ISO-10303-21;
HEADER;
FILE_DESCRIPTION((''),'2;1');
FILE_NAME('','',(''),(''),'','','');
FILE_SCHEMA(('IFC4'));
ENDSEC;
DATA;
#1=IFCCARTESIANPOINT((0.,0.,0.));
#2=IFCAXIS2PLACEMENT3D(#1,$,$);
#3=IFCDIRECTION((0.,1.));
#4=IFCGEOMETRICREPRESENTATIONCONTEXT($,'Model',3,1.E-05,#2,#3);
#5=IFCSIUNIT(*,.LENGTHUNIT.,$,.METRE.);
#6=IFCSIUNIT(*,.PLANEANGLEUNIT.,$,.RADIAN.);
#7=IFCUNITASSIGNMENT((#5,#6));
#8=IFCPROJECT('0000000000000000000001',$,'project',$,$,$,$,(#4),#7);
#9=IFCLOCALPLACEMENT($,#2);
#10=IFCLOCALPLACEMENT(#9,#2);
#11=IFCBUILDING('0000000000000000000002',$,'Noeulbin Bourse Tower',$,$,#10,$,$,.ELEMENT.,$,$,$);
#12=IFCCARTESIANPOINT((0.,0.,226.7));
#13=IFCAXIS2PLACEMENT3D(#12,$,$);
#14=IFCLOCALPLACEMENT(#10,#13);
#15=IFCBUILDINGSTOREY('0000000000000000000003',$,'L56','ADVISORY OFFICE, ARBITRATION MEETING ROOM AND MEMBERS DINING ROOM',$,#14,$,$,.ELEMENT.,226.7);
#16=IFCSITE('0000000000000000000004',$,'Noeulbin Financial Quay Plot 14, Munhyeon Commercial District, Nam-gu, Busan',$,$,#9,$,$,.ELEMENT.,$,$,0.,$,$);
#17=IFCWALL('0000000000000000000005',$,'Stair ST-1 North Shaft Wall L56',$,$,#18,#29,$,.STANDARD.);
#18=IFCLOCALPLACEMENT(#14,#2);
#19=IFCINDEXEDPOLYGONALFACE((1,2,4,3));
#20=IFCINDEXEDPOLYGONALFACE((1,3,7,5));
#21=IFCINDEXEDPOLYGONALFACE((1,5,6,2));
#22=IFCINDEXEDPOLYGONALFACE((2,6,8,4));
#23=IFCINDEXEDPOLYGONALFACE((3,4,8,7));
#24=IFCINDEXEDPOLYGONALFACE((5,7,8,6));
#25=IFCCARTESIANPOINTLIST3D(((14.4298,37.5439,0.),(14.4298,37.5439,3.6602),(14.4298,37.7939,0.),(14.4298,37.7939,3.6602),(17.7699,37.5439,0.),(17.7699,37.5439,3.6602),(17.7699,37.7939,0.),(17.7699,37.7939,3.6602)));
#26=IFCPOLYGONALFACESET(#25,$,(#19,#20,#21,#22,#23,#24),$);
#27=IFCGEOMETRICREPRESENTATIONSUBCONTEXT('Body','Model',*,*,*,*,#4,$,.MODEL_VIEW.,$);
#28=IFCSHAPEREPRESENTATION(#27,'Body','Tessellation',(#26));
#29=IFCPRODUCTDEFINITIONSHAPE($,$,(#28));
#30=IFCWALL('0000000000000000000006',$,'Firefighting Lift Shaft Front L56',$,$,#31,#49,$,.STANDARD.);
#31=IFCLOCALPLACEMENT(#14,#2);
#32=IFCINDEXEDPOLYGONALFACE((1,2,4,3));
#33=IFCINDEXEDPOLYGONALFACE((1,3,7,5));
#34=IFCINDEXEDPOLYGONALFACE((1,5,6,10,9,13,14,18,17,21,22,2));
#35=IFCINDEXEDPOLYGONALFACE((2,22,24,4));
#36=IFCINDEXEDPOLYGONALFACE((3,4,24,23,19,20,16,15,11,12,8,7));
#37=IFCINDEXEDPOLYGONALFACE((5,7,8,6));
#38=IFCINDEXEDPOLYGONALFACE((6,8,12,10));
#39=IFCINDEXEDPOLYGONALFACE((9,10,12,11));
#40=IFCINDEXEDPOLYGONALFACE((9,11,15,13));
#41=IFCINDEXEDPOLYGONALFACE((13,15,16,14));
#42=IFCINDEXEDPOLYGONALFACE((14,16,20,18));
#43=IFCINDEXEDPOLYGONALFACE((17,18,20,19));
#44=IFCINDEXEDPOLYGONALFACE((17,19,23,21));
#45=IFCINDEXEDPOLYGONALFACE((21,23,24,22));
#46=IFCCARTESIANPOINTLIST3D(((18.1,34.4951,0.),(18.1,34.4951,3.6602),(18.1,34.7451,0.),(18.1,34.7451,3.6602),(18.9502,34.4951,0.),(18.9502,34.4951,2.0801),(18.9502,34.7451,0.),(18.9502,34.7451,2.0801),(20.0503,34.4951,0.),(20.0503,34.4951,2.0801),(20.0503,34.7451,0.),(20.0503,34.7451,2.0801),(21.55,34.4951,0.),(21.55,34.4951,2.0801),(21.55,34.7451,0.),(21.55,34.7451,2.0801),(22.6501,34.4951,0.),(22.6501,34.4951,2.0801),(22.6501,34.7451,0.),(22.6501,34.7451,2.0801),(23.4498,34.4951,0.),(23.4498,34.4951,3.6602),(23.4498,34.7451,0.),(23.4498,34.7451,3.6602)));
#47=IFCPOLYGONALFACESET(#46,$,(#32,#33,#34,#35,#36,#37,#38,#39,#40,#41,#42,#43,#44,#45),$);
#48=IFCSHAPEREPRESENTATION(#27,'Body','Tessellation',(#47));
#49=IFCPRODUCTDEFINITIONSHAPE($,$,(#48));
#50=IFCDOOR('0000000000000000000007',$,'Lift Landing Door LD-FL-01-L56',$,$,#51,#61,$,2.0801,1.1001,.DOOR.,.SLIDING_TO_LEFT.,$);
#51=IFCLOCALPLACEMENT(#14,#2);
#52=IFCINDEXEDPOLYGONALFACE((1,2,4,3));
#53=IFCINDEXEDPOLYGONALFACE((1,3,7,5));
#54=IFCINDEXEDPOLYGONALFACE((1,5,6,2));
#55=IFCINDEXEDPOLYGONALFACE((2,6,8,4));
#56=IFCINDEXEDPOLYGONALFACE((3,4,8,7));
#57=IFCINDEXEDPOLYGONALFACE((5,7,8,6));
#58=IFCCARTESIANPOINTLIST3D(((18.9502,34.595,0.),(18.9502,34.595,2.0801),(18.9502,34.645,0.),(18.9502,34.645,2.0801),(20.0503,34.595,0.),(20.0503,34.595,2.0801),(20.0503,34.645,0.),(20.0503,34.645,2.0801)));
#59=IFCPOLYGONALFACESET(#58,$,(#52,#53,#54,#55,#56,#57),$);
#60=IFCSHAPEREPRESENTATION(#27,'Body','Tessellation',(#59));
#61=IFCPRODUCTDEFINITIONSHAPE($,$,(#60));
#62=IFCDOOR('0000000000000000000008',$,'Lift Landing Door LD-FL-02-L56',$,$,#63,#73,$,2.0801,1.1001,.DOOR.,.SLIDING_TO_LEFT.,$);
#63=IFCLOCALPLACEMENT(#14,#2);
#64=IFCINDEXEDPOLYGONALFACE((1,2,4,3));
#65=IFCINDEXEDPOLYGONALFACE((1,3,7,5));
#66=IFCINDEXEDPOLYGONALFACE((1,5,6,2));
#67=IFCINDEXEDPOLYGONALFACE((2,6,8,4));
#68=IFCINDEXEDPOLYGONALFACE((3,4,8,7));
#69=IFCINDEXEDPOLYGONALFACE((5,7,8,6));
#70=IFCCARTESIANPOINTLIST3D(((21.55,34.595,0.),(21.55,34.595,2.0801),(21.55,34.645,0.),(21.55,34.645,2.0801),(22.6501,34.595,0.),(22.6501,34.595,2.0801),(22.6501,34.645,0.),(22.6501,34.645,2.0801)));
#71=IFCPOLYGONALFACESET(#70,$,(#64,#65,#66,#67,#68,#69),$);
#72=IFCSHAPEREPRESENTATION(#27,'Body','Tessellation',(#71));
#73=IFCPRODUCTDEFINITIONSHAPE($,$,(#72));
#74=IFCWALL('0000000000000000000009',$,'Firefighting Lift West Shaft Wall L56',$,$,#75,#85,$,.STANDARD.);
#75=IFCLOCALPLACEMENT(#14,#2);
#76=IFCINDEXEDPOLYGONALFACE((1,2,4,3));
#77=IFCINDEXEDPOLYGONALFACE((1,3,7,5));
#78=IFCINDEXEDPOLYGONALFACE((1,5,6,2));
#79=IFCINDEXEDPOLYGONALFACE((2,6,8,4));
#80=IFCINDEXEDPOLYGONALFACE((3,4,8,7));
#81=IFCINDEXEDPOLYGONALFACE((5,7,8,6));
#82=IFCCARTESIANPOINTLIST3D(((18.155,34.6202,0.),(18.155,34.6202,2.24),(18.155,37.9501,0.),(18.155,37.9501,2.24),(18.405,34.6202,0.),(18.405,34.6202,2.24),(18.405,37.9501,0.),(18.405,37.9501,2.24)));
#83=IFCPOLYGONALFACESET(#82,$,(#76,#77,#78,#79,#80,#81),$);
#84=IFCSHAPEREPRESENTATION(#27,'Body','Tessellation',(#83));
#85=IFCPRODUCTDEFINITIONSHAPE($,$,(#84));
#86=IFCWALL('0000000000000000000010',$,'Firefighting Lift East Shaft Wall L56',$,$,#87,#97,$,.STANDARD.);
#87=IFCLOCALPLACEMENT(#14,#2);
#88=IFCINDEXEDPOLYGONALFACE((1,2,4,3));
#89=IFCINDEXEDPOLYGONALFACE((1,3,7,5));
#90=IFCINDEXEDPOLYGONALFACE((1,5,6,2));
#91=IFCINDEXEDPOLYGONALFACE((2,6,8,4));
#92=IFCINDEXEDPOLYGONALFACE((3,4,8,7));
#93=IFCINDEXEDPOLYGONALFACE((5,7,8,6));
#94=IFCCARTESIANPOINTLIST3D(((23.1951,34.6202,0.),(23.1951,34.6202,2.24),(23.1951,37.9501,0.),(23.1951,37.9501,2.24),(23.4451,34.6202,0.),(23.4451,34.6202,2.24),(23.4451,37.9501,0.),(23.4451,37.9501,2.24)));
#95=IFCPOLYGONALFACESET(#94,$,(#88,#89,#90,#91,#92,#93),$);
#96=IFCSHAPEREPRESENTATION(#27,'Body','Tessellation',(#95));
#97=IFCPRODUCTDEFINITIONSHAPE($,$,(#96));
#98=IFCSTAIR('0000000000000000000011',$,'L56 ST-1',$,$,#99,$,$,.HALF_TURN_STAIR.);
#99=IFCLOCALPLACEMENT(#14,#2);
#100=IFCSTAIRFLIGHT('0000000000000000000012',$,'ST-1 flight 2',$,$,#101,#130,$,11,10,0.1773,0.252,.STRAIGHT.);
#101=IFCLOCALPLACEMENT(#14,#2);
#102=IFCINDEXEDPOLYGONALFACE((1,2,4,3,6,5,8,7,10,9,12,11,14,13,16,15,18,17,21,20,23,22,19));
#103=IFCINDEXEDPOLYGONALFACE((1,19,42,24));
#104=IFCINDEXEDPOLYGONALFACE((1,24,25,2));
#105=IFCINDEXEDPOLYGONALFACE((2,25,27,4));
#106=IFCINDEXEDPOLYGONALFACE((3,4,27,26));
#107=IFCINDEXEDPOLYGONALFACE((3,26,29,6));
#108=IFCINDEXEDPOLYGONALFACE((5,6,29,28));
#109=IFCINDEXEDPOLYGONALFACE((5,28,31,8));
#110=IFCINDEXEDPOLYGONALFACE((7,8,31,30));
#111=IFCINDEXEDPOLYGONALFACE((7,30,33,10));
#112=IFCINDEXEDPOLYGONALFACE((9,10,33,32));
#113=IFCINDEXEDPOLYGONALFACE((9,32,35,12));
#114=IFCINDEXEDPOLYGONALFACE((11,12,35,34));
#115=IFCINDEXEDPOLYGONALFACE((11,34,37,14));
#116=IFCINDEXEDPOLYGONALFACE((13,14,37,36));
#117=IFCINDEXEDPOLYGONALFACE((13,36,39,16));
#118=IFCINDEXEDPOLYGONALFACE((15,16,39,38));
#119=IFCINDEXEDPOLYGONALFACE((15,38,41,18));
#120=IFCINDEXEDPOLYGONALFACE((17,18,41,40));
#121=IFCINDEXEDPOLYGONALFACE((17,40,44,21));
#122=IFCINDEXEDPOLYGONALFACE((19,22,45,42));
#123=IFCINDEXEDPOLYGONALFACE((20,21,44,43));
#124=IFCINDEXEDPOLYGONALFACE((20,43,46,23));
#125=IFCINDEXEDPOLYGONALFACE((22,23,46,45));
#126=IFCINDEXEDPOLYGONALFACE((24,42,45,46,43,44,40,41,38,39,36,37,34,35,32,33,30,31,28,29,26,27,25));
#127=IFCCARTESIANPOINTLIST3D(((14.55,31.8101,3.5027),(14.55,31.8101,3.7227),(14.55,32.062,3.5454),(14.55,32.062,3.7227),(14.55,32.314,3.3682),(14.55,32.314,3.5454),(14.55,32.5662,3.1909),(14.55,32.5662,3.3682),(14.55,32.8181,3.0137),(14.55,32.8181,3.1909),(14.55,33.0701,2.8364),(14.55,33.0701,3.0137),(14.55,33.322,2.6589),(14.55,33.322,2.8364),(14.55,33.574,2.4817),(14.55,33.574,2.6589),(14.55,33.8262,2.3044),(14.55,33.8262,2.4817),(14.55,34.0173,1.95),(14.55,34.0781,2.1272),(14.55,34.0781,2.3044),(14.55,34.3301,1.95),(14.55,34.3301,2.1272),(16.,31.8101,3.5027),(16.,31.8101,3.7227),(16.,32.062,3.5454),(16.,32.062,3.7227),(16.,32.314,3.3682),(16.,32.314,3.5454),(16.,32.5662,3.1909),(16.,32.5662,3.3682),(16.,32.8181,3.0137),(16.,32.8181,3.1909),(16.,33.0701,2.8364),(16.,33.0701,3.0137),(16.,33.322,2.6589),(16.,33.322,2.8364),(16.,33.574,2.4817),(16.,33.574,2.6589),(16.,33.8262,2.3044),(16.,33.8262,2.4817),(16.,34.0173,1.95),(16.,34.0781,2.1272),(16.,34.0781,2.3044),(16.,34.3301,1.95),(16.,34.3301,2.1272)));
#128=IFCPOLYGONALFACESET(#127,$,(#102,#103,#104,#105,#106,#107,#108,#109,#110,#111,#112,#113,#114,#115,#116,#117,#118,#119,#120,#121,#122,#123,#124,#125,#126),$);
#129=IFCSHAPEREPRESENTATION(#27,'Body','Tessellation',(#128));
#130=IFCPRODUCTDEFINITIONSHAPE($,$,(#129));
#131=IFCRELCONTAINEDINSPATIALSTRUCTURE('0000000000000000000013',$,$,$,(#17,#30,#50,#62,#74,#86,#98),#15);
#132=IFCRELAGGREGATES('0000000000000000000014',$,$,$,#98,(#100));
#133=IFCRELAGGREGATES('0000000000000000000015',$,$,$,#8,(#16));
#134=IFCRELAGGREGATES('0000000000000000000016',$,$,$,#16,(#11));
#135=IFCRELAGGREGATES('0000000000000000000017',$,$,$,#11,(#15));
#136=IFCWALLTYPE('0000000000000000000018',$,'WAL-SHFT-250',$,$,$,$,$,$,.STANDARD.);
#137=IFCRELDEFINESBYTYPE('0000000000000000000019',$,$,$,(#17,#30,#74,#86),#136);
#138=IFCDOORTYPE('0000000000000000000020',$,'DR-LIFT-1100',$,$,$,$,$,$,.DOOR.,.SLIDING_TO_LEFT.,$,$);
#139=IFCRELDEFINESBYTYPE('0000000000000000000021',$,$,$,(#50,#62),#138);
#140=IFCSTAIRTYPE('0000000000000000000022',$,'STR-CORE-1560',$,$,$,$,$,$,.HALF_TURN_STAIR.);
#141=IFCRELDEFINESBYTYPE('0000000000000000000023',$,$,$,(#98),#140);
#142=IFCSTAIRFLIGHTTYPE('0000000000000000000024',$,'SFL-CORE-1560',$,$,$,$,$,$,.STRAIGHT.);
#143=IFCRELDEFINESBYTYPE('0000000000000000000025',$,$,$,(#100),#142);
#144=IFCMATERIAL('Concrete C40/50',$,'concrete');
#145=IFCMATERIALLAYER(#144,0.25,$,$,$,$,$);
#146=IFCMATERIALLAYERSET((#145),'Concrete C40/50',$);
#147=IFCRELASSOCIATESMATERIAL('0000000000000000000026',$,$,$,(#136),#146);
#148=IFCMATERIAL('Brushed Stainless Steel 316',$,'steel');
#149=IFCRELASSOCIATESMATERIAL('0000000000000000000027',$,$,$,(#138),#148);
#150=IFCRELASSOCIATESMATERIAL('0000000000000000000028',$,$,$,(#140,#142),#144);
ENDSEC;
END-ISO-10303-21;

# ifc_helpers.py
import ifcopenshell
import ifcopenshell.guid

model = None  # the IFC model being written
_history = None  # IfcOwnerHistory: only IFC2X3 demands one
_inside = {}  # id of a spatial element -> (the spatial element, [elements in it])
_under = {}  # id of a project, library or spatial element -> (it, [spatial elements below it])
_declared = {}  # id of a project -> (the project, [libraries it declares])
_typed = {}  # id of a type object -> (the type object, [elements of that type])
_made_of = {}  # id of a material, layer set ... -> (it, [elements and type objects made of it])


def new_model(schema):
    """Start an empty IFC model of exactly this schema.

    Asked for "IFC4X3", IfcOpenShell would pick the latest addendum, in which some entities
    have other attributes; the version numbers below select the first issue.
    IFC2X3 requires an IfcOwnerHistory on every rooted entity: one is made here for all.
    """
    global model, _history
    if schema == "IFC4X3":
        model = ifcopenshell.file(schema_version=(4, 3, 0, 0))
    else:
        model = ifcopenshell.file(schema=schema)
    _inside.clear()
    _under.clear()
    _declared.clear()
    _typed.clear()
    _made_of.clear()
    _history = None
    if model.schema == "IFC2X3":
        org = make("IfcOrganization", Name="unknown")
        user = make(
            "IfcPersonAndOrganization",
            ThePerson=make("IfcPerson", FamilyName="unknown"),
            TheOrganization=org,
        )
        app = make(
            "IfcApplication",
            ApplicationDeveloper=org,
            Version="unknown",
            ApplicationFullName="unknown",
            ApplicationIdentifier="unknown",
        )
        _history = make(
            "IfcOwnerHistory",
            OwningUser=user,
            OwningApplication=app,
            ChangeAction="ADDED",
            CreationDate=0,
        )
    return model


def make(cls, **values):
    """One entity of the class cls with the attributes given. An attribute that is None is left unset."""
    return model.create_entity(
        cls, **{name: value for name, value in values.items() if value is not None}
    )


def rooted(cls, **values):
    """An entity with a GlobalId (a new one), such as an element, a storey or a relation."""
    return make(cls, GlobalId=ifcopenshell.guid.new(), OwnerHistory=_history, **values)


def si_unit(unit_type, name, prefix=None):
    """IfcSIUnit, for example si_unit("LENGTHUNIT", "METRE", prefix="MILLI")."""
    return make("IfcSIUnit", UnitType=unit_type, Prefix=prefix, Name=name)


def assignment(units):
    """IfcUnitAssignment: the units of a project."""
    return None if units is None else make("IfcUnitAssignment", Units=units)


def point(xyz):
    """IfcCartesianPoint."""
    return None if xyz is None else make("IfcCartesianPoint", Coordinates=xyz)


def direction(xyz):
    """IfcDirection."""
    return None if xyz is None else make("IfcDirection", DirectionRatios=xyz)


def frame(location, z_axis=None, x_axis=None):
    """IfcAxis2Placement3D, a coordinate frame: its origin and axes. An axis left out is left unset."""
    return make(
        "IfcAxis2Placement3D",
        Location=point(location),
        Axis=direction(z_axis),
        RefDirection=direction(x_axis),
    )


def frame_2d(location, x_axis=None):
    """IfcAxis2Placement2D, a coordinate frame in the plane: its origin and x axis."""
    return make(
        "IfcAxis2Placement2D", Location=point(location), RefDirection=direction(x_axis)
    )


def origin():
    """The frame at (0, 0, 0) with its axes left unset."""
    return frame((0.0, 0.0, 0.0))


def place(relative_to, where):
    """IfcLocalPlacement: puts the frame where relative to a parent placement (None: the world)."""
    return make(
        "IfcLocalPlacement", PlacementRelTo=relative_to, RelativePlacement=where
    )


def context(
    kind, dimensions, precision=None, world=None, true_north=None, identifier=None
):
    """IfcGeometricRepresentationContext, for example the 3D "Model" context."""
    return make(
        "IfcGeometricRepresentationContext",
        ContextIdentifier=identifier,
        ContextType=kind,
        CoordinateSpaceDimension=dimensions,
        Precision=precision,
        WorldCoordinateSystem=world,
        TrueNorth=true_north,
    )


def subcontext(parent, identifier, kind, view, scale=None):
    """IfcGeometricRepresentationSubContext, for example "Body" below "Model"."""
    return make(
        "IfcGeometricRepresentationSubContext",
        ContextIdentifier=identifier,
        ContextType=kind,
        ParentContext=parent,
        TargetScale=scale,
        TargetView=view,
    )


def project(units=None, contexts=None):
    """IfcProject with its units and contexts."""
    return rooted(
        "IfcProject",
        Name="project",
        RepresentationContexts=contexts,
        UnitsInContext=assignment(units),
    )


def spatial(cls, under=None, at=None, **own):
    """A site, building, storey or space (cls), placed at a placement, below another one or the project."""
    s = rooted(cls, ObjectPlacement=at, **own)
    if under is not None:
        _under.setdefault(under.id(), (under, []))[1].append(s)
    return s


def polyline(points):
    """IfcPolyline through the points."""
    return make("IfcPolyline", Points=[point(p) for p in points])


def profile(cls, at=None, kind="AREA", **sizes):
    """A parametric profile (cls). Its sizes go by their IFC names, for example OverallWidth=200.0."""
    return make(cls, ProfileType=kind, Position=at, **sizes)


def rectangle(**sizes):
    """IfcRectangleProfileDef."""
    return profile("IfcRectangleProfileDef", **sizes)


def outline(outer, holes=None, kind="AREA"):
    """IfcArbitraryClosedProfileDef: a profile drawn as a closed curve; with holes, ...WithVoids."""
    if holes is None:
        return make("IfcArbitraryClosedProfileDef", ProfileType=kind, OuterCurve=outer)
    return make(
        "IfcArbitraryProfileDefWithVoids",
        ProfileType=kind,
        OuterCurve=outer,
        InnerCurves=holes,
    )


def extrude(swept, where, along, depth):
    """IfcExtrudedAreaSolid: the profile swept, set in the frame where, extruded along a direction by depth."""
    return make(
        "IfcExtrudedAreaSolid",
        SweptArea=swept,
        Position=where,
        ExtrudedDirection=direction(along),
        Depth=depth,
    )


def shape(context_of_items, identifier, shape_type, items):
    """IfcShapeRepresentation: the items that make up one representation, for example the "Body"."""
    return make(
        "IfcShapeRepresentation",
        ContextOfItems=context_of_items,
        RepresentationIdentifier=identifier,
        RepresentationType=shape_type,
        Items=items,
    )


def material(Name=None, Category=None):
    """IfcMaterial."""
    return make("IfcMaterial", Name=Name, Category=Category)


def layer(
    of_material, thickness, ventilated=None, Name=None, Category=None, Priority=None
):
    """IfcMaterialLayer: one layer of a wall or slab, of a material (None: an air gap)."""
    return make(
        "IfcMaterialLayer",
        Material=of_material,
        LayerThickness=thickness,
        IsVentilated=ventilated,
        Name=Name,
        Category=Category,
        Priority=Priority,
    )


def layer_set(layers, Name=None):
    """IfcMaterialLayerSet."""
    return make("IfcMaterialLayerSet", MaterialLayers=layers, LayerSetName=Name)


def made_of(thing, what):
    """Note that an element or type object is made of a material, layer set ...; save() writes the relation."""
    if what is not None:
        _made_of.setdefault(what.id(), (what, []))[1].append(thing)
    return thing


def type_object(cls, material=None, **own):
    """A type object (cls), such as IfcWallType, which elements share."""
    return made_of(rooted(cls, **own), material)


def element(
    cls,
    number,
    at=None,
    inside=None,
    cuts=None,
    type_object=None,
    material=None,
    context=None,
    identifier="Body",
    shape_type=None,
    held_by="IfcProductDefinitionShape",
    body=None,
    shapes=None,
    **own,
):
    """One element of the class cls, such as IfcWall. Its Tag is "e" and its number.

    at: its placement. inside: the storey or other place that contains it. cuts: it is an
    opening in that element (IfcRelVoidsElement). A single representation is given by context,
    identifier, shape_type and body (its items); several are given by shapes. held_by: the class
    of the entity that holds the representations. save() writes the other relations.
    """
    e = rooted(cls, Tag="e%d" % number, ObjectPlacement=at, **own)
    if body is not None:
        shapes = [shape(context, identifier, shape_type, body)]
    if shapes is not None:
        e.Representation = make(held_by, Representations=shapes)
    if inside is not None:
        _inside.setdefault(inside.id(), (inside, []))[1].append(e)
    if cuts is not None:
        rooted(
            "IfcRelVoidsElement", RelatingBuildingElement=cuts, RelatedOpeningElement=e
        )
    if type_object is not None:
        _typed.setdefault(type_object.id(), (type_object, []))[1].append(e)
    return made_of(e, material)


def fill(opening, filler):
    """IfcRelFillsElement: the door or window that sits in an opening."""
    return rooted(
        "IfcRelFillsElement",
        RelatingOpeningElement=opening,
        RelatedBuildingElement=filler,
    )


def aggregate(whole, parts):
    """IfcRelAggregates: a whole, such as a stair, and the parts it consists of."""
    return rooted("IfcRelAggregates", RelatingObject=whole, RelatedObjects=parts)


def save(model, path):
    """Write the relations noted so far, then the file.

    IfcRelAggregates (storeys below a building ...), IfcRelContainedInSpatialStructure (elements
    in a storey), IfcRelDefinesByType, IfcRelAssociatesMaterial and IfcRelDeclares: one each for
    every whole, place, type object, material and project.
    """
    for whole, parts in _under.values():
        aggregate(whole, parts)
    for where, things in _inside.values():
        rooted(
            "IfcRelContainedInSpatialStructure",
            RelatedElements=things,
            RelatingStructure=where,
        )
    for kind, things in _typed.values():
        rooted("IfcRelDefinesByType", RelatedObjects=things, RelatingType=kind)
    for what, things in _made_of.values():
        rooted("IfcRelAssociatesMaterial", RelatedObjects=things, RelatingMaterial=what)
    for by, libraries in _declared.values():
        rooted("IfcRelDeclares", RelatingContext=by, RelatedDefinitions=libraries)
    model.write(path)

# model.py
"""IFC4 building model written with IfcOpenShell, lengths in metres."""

from ifc_helpers import new_model, si_unit, direction, frame, frame_2d, origin, place, context, subcontext, project, spatial, polyline, rectangle, outline, extrude, material, layer, layer_set, type_object, element, fill, aggregate, save


model = new_model("IFC4")

# Units and contexts
model_context = context("Model", 3, precision=1e-05, world=origin(), true_north=direction((0.0, 1.0)))
body_context = subcontext(model_context, "Body", "Model", "MODEL_VIEW")
ifc_project = project(units=[si_unit("LENGTHUNIT", "METRE"), si_unit("PLANEANGLEUNIT", "RADIAN")], contexts=[model_context])

# Site, building, storey
site_placement = place(None, origin())
site = spatial("IfcSite", under=ifc_project, at=site_placement, Name="Noeulbin Financial Quay Plot 14, Munhyeon Commercial District, Nam-gu, Busan", CompositionType="ELEMENT", RefElevation=0.0)
building_placement = place(site_placement, origin())
building = spatial("IfcBuilding", under=site, at=building_placement, Name="Noeulbin Bourse Tower", CompositionType="ELEMENT")
storey_placement = place(building_placement, frame((0.0, 0.0, 226.7)))
storey = spatial("IfcBuildingStorey", under=building, at=storey_placement, Name="L56", Description="ADVISORY OFFICE, ARBITRATION MEETING ROOM AND MEMBERS DINING ROOM", CompositionType="ELEMENT", Elevation=226.7)

# Shared definitions
ifc_material_1 = material(Name="Concrete C40/50", Category="concrete")

# Wall
ifc_layer_1 = layer(ifc_material_1, 0.25)
ifc_layer_set_1 = layer_set([ifc_layer_1], Name="Concrete C40/50")
wall_type_1 = type_object("IfcWallType", Name="WAL-SHFT-250", PredefinedType="STANDARD", material=ifc_layer_set_1)
wall_1_placement = place(storey_placement, frame((14.4299, 37.6689, 0.0), z_axis=(0.0, 0.0, 1.0), x_axis=(1.0, 0.0, 0.0)))
element("IfcWall", 1, at=wall_1_placement, inside=storey, type_object=wall_type_1, Name="Stair ST-1 North Shaft Wall L56", PredefinedType="STANDARD", context=body_context, shape_type="SweptSolid", body=[
    extrude(rectangle(XDim=3.3401, YDim=0.25, at=frame_2d((1.6699, 0.0))), origin(), (0.0, 0.0, 1.0), 3.6602),
])

# Wall, openings, doors
wall_2_placement = place(storey_placement, frame((18.1001, 34.6201, 0.0), z_axis=(0.0, 0.0, 1.0), x_axis=(1.0, 0.0, 0.0)))
wall_2 = element("IfcWall", 2, at=wall_2_placement, inside=storey, type_object=wall_type_1, Name="Firefighting Lift Shaft Front L56", PredefinedType="STANDARD", context=body_context, shape_type="SweptSolid", body=[
    extrude(rectangle(XDim=5.3499, YDim=0.25, at=frame_2d((2.6748, 0.0))), origin(), (0.0, 0.0, 1.0), 3.6602),
])
opening_1_placement = place(wall_2_placement, frame((0.8501, 0.0, 0.0)))
opening_1 = element("IfcOpeningElement", 3, at=opening_1_placement, cuts=wall_2, PredefinedType="OPENING", context=body_context, shape_type="SweptSolid", body=[
    extrude(rectangle(XDim=1.1001, YDim=2.0801, at=frame_2d((0.55, 1.04))), frame((0.0, 0.135, 0.0), z_axis=(0.0, -1.0, 0.0), x_axis=(1.0, 0.0, 0.0)), (0.0, 0.0, 1.0), 0.27),
])
opening_2_placement = place(wall_2_placement, frame((3.45, 0.0, 0.0)))
opening_2 = element("IfcOpeningElement", 4, at=opening_2_placement, cuts=wall_2, PredefinedType="OPENING", context=body_context, shape_type="SweptSolid", body=[
    extrude(rectangle(XDim=1.1001, YDim=2.0801, at=frame_2d((0.55, 1.04))), frame((0.0, 0.135, 0.0), z_axis=(0.0, -1.0, 0.0), x_axis=(1.0, 0.0, 0.0)), (0.0, 0.0, 1.0), 0.27),
])
ifc_material_2 = material(Name="Brushed Stainless Steel 316", Category="steel")
door_type_1 = type_object("IfcDoorType", Name="DR-LIFT-1100", OperationType="SLIDING_TO_LEFT", PredefinedType="DOOR", material=ifc_material_2)
door_1_placement = place(opening_1_placement, origin())
door_1 = element("IfcDoor", 5, at=door_1_placement, inside=storey, type_object=door_type_1, Name="Lift Landing Door LD-FL-01-L56", OperationType="SLIDING_TO_LEFT", OverallHeight=2.0801, OverallWidth=1.1001, PredefinedType="DOOR", context=body_context, shape_type="SweptSolid", body=[
    extrude(rectangle(XDim=1.1001, YDim=2.0801, at=frame_2d((0.55, 1.04))), frame((0.0, 0.0249, 0.0), z_axis=(0.0, -1.0, 0.0), x_axis=(1.0, 0.0, 0.0)), (0.0, 0.0, 1.0), 0.05),
])
fill(opening_1, door_1)
door_2_placement = place(opening_2_placement, origin())
door_2 = element("IfcDoor", 6, at=door_2_placement, inside=storey, type_object=door_type_1, Name="Lift Landing Door LD-FL-02-L56", OperationType="SLIDING_TO_LEFT", OverallHeight=2.0801, OverallWidth=1.1001, PredefinedType="DOOR", context=body_context, shape_type="SweptSolid", body=[
    extrude(rectangle(XDim=1.1001, YDim=2.0801, at=frame_2d((0.55, 1.04))), frame((0.0, 0.0249, 0.0), z_axis=(0.0, -1.0, 0.0), x_axis=(1.0, 0.0, 0.0)), (0.0, 0.0, 1.0), 0.05),
])
fill(opening_2, door_2)

# Walls
for number, where, z_axis, x_axis, name in (
    (7, (18.28, 34.6201, 0.0), (0.0, 0.0, 1.0), (0.0, 1.0, 0.0), "Firefighting Lift West Shaft Wall L56"),
    (8, (23.3201, 34.6201, 0.0), (0.0, 0.0, 1.0), (0.0, 1.0, 0.0), "Firefighting Lift East Shaft Wall L56"),
):
    element("IfcWall", number, at=place(storey_placement, frame(where, z_axis=z_axis, x_axis=x_axis)), inside=storey, type_object=wall_type_1, Name=name, PredefinedType="STANDARD", context=body_context, shape_type="SweptSolid", body=[
        extrude(rectangle(XDim=3.3298, YDim=0.25, at=frame_2d((1.665, 0.0))), origin(), (0.0, 0.0, 1.0), 2.24),
    ])

# Stair, stair flight
stair_type = type_object("IfcStairType", Name="STR-CORE-1560", PredefinedType="HALF_TURN_STAIR", material=ifc_material_1)
stair_placement = place(storey_placement, origin())
stair = element("IfcStair", 9, at=stair_placement, inside=storey, type_object=stair_type, Name="L56 ST-1", PredefinedType="HALF_TURN_STAIR")
stair_flight_type = type_object("IfcStairFlightType", Name="SFL-CORE-1560", PredefinedType="STRAIGHT", material=ifc_material_1)
stair_flight_placement = place(storey_placement, frame((15.2749, 34.3301, 1.95), z_axis=(0.0, 0.0, 1.0), x_axis=(0.0, -1.0, 0.0)))
stair_flight = element("IfcStairFlight", 10, at=stair_flight_placement, type_object=stair_flight_type, Name="ST-1 flight 2", NumberOfRisers=11, NumberOfTreads=10, PredefinedType="STRAIGHT", RiserHeight=0.1773, TreadLength=0.252, context=body_context, shape_type="SweptSolid", body=[
    extrude(outline(polyline([(0.0, 0.0), (0.0, 0.1772), (0.252, 0.1772), (0.252, 0.3545), (0.5039, 0.3545), (0.5039, 0.5317), (0.7561, 0.5317), (0.7561, 0.709), (1.0081, 0.709), (1.0081, 0.8865), (1.26, 0.8865), (1.26, 1.0637), (1.512, 1.0637), (1.512, 1.241), (1.7639, 1.241), (1.7639, 1.4182), (2.0161, 1.4182), (2.0161, 1.5955), (2.2681, 1.5955), (2.2681, 1.7727), (2.52, 1.7727), (2.52, 1.95), (2.52, 1.5527), (0.3127, 0.0), (0.0, 0.0)])), frame((0.0, 0.7251, 0.0), z_axis=(0.0, -1.0, 0.0), x_axis=(1.0, 0.0, 0.0)), (0.0, 0.0, 1.0), 1.45),
])
aggregate(stair, [stair_flight])

save(model, "model.ifc")
